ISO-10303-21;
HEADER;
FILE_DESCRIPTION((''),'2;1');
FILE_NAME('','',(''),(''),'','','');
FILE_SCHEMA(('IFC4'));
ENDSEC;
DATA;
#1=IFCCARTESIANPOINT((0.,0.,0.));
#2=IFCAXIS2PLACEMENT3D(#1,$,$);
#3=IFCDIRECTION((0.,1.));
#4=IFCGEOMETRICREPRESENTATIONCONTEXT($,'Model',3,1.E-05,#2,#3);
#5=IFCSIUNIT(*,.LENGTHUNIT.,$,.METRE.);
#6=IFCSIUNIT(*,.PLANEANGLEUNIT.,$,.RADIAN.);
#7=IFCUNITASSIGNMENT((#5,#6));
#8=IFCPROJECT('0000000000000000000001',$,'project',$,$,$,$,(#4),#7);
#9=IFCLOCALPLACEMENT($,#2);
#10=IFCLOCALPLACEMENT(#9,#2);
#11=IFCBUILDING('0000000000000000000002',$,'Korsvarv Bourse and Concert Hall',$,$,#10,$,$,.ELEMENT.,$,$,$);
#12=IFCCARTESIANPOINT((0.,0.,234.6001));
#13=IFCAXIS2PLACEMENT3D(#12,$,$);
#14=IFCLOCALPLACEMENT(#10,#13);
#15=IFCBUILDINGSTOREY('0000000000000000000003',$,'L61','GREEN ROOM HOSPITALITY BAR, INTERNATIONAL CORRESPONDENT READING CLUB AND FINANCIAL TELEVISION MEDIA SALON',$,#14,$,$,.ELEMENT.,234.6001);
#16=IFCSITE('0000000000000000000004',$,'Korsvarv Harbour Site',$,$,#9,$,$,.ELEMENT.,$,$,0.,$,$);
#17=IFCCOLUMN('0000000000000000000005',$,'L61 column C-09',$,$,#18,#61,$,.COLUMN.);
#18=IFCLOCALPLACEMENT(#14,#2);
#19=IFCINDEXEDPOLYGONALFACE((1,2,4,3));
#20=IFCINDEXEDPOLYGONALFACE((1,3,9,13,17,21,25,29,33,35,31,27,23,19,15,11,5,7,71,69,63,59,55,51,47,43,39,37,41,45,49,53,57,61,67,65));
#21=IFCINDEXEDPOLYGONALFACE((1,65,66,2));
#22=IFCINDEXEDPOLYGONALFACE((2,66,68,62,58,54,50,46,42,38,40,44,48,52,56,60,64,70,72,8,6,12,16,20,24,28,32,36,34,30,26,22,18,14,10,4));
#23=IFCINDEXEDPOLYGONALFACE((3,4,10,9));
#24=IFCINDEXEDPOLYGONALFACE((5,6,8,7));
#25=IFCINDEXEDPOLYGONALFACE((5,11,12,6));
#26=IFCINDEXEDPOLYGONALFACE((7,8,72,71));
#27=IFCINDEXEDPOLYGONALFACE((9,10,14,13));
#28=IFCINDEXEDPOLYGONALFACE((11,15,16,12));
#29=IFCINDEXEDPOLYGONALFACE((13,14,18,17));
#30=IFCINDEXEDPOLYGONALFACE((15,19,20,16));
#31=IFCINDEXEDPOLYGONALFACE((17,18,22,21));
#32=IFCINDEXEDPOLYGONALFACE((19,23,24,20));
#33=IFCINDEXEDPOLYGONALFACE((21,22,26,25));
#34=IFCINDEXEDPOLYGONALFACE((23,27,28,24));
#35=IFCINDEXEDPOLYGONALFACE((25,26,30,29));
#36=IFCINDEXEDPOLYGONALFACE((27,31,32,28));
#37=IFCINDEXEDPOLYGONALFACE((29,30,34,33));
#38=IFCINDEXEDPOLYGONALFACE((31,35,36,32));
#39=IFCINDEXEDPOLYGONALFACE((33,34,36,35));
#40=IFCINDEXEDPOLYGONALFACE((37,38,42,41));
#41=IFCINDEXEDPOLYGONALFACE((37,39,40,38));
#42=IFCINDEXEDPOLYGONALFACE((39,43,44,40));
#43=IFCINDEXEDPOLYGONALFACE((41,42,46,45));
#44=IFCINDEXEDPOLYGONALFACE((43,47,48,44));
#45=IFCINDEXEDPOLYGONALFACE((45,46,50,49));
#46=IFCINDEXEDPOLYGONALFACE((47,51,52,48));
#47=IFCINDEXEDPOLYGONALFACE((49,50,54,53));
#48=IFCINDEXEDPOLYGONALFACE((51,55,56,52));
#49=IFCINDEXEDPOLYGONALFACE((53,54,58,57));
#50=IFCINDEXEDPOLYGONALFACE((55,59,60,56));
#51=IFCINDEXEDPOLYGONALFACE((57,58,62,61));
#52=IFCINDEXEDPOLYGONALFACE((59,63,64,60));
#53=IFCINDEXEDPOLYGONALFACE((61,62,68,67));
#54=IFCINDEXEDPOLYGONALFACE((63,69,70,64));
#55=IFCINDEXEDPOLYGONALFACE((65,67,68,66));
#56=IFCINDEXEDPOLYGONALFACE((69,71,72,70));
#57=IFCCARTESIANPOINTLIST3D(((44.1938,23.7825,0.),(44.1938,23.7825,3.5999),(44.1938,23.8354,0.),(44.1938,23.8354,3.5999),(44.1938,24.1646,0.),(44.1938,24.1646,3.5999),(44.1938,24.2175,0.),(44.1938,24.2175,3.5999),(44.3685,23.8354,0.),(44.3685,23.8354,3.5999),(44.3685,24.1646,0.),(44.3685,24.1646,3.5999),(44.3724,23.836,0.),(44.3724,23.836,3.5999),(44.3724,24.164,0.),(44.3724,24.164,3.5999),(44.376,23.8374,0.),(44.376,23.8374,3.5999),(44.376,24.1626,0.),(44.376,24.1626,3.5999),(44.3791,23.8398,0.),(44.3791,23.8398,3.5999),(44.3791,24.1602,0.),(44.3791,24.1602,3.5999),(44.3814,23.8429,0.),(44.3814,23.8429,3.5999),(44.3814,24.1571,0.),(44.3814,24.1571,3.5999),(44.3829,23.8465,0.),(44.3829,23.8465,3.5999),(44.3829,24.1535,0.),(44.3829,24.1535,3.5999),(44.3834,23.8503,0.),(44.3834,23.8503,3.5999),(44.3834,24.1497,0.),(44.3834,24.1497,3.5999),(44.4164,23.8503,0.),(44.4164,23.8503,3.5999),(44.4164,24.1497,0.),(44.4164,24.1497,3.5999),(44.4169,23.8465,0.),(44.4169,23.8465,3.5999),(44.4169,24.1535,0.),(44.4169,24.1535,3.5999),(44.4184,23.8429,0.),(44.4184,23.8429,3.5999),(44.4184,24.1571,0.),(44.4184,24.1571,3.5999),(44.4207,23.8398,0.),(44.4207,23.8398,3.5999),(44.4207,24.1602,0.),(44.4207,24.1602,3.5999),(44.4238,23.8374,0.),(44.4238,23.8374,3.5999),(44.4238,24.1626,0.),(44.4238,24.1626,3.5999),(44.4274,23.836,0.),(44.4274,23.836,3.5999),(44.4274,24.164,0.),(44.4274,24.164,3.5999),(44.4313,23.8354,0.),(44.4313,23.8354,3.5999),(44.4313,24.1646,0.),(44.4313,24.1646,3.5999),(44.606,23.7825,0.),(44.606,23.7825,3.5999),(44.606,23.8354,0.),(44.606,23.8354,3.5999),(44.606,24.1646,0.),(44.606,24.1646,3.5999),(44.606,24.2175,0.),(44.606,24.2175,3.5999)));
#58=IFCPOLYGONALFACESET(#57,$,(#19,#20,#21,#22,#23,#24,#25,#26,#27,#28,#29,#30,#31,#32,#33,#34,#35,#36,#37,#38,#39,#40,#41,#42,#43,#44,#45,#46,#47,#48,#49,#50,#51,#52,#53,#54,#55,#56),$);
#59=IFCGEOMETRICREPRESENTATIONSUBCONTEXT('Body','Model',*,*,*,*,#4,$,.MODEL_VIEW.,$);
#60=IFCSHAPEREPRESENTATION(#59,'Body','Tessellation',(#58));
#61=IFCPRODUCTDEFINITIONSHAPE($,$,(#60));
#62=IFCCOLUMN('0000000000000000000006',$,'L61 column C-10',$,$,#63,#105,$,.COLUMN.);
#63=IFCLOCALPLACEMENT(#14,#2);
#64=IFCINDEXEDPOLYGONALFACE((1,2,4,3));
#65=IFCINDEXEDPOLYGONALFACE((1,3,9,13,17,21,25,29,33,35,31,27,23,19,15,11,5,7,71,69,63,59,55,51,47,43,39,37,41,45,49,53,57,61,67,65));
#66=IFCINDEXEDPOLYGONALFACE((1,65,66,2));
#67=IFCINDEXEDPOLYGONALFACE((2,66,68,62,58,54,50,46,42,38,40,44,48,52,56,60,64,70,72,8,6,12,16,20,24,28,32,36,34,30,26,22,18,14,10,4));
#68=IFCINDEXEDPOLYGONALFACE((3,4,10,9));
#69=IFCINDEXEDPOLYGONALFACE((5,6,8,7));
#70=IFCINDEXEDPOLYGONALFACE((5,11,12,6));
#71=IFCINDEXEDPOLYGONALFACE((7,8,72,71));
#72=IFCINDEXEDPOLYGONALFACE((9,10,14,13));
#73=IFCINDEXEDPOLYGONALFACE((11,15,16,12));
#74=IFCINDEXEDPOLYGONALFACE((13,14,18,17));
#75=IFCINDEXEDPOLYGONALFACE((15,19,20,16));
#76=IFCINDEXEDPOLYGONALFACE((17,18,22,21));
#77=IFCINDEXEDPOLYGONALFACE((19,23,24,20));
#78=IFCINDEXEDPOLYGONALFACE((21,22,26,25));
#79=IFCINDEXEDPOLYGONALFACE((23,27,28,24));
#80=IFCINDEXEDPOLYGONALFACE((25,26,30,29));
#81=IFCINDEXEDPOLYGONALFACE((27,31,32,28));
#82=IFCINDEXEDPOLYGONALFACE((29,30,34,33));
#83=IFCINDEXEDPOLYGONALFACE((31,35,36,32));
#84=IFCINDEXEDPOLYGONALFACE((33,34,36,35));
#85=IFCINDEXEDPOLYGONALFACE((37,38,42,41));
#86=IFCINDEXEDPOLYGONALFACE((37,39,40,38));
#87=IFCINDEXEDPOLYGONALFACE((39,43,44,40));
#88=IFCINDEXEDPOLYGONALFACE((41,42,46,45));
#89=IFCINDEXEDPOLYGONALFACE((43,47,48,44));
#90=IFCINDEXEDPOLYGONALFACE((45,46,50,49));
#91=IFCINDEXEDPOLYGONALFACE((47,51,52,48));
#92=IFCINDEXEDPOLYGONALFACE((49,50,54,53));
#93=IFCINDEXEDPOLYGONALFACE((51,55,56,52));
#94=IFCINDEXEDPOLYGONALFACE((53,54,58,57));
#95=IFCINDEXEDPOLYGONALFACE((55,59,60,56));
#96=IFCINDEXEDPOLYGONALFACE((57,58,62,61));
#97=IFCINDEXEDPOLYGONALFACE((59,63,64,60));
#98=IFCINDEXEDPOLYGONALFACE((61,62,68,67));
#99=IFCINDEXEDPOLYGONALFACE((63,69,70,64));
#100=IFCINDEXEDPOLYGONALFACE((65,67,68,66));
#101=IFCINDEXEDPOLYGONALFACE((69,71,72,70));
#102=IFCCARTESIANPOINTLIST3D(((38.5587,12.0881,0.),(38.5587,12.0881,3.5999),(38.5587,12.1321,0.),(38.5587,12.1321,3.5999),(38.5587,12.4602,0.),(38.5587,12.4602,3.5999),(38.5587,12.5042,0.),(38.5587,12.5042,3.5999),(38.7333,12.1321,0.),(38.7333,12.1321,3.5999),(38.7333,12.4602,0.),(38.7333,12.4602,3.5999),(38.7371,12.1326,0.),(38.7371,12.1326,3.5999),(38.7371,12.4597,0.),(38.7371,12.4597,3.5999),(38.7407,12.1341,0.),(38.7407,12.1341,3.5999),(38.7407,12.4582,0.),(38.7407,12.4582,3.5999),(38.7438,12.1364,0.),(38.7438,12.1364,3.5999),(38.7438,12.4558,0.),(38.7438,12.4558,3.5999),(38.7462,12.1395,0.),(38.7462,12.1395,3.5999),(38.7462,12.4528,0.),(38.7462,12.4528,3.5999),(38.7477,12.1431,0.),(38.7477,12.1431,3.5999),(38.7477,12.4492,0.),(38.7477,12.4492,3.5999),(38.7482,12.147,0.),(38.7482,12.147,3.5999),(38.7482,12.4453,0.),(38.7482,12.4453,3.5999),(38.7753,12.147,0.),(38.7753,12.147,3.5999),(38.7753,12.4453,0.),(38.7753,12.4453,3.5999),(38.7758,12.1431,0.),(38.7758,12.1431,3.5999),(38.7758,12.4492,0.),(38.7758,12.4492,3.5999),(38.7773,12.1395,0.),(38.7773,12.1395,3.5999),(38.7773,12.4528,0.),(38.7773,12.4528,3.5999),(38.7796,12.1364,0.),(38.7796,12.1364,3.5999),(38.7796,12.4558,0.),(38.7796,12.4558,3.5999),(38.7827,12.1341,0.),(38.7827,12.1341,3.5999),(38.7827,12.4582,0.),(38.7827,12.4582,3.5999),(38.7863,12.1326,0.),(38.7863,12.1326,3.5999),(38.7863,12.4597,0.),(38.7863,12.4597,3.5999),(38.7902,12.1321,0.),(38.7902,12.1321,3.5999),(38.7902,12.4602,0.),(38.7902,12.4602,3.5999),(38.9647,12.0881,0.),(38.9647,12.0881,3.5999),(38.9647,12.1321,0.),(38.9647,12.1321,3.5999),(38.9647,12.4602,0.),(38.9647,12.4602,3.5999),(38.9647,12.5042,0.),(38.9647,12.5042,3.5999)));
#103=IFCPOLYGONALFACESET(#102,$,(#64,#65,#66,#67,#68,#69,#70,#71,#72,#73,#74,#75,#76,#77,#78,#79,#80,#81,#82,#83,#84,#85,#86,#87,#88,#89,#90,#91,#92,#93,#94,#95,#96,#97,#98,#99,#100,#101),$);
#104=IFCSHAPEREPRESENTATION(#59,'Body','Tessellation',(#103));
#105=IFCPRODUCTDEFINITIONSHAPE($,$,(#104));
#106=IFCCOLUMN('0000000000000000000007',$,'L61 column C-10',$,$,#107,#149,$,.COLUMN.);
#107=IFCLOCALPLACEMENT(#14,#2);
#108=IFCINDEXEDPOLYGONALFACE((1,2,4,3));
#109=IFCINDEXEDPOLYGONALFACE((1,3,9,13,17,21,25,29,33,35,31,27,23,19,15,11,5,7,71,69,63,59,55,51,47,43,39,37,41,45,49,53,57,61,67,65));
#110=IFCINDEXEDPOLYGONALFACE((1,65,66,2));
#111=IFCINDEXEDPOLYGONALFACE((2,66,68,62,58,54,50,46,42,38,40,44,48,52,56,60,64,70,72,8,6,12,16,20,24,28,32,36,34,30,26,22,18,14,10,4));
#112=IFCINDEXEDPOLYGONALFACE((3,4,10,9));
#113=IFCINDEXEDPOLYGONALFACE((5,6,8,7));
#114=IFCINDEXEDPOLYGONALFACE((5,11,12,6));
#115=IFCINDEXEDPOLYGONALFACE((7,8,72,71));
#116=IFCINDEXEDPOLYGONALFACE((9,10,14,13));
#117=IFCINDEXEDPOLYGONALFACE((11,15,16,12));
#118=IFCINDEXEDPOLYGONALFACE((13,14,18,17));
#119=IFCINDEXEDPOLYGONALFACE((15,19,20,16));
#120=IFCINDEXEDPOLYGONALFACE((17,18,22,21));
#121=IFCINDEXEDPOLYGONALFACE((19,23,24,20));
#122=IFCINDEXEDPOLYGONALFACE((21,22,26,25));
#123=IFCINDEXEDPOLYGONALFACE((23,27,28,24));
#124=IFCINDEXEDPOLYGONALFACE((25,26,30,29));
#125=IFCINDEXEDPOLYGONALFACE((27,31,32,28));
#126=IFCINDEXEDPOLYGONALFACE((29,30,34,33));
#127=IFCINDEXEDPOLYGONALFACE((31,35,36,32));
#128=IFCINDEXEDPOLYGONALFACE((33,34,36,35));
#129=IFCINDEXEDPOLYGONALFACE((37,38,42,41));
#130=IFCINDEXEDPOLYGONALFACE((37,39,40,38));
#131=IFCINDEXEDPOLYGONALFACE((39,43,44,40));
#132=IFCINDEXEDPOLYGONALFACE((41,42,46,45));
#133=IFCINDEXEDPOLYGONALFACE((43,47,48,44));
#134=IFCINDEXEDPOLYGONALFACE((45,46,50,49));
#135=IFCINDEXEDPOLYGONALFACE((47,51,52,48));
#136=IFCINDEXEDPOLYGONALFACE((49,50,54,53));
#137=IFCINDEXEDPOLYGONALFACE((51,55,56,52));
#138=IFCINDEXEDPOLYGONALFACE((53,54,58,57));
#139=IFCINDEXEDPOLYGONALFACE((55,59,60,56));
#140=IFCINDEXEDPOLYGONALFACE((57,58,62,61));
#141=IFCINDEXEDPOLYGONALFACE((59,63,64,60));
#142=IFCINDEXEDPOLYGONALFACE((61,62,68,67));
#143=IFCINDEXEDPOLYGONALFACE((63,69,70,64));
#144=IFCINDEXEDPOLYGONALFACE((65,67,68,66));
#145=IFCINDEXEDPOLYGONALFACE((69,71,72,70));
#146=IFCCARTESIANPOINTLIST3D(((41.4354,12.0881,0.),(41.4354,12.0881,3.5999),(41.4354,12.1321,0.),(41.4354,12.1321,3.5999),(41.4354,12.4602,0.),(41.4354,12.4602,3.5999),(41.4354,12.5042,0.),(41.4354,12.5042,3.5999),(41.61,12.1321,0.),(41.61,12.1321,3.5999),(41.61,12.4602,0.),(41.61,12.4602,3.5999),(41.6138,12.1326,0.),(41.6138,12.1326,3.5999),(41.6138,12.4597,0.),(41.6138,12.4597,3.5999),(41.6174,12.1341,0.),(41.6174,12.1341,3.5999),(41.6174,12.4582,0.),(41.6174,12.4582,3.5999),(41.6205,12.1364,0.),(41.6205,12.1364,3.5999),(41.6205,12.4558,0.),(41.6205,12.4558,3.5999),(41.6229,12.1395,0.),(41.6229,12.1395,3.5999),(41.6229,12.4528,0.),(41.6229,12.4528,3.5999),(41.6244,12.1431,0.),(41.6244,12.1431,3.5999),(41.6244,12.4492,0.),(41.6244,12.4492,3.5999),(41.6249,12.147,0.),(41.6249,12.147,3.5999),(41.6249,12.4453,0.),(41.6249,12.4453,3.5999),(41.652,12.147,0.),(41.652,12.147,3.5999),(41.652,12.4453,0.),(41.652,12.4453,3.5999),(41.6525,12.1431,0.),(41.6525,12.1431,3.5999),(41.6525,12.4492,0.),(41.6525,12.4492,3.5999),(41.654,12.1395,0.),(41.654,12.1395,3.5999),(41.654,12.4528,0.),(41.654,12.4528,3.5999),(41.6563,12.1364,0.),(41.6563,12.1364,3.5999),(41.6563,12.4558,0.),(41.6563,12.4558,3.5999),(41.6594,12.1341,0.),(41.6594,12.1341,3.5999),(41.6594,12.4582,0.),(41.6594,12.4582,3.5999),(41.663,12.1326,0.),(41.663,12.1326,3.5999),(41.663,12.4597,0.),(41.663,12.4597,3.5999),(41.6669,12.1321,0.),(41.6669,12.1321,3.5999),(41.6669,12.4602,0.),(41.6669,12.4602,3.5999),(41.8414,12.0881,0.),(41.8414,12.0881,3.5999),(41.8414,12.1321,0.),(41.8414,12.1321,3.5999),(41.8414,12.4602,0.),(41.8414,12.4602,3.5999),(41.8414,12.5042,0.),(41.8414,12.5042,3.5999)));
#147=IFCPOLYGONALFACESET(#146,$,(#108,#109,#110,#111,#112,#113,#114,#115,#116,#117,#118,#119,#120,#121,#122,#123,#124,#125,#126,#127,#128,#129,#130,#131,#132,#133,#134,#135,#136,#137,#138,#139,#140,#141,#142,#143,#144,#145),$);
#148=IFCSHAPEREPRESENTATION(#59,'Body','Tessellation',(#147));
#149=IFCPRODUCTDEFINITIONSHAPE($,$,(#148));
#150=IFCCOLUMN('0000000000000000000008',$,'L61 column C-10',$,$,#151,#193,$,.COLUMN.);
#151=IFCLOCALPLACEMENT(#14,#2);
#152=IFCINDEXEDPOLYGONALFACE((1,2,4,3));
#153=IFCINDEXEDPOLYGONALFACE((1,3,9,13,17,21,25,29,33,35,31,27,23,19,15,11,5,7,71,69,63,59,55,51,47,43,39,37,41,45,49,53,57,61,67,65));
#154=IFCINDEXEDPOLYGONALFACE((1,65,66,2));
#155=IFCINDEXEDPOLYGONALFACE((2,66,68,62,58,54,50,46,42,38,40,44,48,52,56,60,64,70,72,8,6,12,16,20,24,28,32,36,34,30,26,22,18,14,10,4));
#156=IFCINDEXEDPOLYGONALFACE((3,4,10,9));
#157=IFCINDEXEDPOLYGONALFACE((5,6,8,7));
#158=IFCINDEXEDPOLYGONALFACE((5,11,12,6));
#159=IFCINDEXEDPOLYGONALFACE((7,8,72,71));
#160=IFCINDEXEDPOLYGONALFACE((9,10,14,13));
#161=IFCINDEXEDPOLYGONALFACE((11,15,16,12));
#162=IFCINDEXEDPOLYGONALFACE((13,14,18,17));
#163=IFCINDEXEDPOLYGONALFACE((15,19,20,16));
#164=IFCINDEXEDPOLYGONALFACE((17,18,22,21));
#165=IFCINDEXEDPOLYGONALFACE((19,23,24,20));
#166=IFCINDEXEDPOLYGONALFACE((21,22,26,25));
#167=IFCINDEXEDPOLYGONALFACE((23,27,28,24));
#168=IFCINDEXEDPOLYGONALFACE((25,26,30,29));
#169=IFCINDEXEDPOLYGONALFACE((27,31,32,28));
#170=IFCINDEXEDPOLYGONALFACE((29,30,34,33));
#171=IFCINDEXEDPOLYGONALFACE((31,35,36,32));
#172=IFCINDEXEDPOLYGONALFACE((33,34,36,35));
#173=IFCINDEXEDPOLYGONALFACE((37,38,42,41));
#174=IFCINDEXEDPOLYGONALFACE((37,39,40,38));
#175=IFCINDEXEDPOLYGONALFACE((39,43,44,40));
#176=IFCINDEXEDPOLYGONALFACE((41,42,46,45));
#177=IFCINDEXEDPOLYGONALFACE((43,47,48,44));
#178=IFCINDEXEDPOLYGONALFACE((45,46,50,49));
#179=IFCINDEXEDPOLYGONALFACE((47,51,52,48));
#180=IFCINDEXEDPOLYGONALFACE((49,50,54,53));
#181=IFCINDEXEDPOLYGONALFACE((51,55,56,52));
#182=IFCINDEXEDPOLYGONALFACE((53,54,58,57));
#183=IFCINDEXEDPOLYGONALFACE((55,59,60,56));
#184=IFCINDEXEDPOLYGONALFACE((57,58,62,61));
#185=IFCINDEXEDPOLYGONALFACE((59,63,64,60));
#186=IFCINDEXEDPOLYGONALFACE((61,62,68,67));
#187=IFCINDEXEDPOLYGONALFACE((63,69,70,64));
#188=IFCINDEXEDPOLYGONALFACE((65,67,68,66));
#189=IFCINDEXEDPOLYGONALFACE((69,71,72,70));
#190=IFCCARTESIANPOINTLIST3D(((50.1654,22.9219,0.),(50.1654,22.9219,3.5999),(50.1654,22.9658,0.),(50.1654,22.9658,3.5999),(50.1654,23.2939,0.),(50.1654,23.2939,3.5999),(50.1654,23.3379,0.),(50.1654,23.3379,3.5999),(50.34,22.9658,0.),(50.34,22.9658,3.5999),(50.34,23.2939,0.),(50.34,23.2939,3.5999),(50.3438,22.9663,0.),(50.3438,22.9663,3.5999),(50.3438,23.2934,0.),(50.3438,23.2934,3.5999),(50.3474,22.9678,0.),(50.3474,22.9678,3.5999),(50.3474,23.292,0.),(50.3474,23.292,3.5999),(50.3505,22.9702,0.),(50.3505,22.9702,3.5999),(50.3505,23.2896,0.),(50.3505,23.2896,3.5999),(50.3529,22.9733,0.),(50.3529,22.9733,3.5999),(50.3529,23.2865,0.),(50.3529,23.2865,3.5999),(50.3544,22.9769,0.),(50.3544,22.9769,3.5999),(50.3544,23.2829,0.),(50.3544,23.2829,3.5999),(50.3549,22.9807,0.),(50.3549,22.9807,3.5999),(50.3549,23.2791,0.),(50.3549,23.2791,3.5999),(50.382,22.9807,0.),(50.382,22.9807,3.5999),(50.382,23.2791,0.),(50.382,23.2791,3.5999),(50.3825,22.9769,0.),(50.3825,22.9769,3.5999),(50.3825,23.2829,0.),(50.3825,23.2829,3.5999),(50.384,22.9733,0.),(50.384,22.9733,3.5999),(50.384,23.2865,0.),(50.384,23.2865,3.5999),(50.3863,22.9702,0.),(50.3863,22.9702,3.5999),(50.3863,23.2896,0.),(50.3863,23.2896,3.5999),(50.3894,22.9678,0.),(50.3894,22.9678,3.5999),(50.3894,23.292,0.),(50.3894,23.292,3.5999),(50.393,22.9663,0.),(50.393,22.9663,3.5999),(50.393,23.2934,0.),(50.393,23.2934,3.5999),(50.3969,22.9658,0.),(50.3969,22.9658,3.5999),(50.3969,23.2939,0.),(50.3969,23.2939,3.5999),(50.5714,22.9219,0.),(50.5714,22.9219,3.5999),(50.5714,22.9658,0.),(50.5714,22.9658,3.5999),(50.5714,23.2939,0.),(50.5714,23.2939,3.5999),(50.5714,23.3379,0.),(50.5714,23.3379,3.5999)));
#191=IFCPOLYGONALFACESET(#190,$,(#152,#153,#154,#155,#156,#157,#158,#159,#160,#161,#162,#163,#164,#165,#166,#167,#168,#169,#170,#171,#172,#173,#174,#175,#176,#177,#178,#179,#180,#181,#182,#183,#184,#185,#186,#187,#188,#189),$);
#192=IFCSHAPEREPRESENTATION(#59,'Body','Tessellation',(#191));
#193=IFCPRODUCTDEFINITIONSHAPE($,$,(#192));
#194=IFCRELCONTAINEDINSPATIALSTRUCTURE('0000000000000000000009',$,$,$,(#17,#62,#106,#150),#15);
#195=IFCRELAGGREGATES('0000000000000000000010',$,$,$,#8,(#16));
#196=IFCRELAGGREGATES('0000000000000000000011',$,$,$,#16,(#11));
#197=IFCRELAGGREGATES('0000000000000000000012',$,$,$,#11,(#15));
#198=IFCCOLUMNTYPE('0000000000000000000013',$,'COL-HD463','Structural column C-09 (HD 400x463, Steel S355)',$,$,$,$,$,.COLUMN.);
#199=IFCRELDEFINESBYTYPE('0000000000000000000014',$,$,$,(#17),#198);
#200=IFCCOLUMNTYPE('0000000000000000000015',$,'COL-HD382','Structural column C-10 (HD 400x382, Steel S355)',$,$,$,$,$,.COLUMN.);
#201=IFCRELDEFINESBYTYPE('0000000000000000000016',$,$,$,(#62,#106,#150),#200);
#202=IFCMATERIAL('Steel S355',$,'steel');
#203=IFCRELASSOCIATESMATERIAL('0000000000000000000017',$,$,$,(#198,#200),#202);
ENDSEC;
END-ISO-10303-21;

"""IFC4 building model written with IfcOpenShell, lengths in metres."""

from ifc_helpers import new_model, si_unit, direction, frame, origin, origin_2d, place, context, subcontext, project, spatial, i_section, extrude, source, transform, mapped, material, material_profile, profile_set, type_object, element, save


model = new_model("IFC4")

# Units and contexts
model_context = context("Model", 3, precision=1e-05, world=origin(), true_north=direction((0.0, 1.0)))
body_context = subcontext(model_context, "Body", "Model", "MODEL_VIEW")
ifc_project = project(units=[si_unit("LENGTHUNIT", "METRE"), si_unit("PLANEANGLEUNIT", "RADIAN")], contexts=[model_context])

# Site, building, storey
site_placement = place(None, origin())
site = spatial("IfcSite", under=ifc_project, at=site_placement, Name="Korsvarv Harbour Site", CompositionType="ELEMENT", RefElevation=0.0)
building_placement = place(site_placement, origin())
building = spatial("IfcBuilding", under=site, at=building_placement, Name="Korsvarv Bourse and Concert Hall", CompositionType="ELEMENT")
storey_placement = place(building_placement, frame((0.0, 0.0, 234.6001)))
storey = spatial("IfcBuildingStorey", under=building, at=storey_placement, Name="L61", Description="GREEN ROOM HOSPITALITY BAR, INTERNATIONAL CORRESPONDENT READING CLUB AND FINANCIAL TELEVISION MEDIA SALON", CompositionType="ELEMENT", Elevation=234.6001)

# Columns
ifc_material_1 = material(Name="Steel S355", Category="steel")
ifc_material_profile_1 = material_profile(ifc_material_1, i_section(OverallWidth=0.4121, OverallDepth=0.4351, WebThickness=0.033, FlangeThickness=0.053, FilletRadius=0.0149, at=origin_2d()), Name="HD 400x463")
ifc_profile_set_1 = profile_set([ifc_material_profile_1], Name="Steel S355")
column_type_1 = type_object("IfcColumnType", Name="COL-HD463", Description="Structural column C-09 (HD 400x463, Steel S355)", PredefinedType="COLUMN", material=ifc_profile_set_1)
shared_shape_1 = source(origin(), body_context, "Body", "SweptSolid", [
    extrude(i_section(OverallWidth=0.4121, OverallDepth=0.4351, WebThickness=0.033, FlangeThickness=0.053, FilletRadius=0.0149, at=origin_2d()), origin(), (0.0, 0.0, 1.0), 3.5999),
])
column_placement = place(storey_placement, frame((44.3999, 24.0, 0.0), z_axis=(0.0, 0.0, 1.0), x_axis=(1.0, 0.0, 0.0)))
element("IfcColumn", 1, at=column_placement, inside=storey, type_object=column_type_1, Name="L61 column C-09", PredefinedType="COLUMN", context=body_context, shape_type="MappedRepresentation", body=[
    mapped(shared_shape_1, transform((0.0, 0.0, 0.0), scale=1.0)),
])
ifc_material_profile_2 = material_profile(ifc_material_1, i_section(OverallWidth=0.406, OverallDepth=0.416, WebThickness=0.0271, FlangeThickness=0.0439, FilletRadius=0.0149, at=origin_2d()), Name="HD 400x382")
ifc_profile_set_2 = profile_set([ifc_material_profile_2], Name="Steel S355")
column_type_2 = type_object("IfcColumnType", Name="COL-HD382", Description="Structural column C-10 (HD 400x382, Steel S355)", PredefinedType="COLUMN", material=ifc_profile_set_2)
shared_shape_2 = source(origin(), body_context, "Body", "SweptSolid", [
    extrude(i_section(OverallWidth=0.406, OverallDepth=0.416, WebThickness=0.0271, FlangeThickness=0.0439, FilletRadius=0.0149, at=origin_2d()), origin(), (0.0, 0.0, 1.0), 3.5999),
])
for number, where, z_axis, x_axis, name in (
    (2, (38.7617, 12.2961, 0.0), (0.0, 0.0, 1.0), (1.0, 0.0, 0.0), "L61 column C-10"),
    (3, (41.6384, 12.2961, 0.0), (0.0, 0.0, 1.0), (1.0, 0.0, 0.0), "L61 column C-10"),
    (4, (50.3684, 23.1299, 0.0), (0.0, 0.0, 1.0), (1.0, 0.0, 0.0), "L61 column C-10"),
):
    element("IfcColumn", number, at=place(storey_placement, frame(where, z_axis=z_axis, x_axis=x_axis)), inside=storey, type_object=column_type_2, Name=name, PredefinedType="COLUMN", context=body_context, shape_type="MappedRepresentation", body=[
        mapped(shared_shape_2, transform((0.0, 0.0, 0.0), scale=1.0)),
    ])

save(model, "model.ifc")
